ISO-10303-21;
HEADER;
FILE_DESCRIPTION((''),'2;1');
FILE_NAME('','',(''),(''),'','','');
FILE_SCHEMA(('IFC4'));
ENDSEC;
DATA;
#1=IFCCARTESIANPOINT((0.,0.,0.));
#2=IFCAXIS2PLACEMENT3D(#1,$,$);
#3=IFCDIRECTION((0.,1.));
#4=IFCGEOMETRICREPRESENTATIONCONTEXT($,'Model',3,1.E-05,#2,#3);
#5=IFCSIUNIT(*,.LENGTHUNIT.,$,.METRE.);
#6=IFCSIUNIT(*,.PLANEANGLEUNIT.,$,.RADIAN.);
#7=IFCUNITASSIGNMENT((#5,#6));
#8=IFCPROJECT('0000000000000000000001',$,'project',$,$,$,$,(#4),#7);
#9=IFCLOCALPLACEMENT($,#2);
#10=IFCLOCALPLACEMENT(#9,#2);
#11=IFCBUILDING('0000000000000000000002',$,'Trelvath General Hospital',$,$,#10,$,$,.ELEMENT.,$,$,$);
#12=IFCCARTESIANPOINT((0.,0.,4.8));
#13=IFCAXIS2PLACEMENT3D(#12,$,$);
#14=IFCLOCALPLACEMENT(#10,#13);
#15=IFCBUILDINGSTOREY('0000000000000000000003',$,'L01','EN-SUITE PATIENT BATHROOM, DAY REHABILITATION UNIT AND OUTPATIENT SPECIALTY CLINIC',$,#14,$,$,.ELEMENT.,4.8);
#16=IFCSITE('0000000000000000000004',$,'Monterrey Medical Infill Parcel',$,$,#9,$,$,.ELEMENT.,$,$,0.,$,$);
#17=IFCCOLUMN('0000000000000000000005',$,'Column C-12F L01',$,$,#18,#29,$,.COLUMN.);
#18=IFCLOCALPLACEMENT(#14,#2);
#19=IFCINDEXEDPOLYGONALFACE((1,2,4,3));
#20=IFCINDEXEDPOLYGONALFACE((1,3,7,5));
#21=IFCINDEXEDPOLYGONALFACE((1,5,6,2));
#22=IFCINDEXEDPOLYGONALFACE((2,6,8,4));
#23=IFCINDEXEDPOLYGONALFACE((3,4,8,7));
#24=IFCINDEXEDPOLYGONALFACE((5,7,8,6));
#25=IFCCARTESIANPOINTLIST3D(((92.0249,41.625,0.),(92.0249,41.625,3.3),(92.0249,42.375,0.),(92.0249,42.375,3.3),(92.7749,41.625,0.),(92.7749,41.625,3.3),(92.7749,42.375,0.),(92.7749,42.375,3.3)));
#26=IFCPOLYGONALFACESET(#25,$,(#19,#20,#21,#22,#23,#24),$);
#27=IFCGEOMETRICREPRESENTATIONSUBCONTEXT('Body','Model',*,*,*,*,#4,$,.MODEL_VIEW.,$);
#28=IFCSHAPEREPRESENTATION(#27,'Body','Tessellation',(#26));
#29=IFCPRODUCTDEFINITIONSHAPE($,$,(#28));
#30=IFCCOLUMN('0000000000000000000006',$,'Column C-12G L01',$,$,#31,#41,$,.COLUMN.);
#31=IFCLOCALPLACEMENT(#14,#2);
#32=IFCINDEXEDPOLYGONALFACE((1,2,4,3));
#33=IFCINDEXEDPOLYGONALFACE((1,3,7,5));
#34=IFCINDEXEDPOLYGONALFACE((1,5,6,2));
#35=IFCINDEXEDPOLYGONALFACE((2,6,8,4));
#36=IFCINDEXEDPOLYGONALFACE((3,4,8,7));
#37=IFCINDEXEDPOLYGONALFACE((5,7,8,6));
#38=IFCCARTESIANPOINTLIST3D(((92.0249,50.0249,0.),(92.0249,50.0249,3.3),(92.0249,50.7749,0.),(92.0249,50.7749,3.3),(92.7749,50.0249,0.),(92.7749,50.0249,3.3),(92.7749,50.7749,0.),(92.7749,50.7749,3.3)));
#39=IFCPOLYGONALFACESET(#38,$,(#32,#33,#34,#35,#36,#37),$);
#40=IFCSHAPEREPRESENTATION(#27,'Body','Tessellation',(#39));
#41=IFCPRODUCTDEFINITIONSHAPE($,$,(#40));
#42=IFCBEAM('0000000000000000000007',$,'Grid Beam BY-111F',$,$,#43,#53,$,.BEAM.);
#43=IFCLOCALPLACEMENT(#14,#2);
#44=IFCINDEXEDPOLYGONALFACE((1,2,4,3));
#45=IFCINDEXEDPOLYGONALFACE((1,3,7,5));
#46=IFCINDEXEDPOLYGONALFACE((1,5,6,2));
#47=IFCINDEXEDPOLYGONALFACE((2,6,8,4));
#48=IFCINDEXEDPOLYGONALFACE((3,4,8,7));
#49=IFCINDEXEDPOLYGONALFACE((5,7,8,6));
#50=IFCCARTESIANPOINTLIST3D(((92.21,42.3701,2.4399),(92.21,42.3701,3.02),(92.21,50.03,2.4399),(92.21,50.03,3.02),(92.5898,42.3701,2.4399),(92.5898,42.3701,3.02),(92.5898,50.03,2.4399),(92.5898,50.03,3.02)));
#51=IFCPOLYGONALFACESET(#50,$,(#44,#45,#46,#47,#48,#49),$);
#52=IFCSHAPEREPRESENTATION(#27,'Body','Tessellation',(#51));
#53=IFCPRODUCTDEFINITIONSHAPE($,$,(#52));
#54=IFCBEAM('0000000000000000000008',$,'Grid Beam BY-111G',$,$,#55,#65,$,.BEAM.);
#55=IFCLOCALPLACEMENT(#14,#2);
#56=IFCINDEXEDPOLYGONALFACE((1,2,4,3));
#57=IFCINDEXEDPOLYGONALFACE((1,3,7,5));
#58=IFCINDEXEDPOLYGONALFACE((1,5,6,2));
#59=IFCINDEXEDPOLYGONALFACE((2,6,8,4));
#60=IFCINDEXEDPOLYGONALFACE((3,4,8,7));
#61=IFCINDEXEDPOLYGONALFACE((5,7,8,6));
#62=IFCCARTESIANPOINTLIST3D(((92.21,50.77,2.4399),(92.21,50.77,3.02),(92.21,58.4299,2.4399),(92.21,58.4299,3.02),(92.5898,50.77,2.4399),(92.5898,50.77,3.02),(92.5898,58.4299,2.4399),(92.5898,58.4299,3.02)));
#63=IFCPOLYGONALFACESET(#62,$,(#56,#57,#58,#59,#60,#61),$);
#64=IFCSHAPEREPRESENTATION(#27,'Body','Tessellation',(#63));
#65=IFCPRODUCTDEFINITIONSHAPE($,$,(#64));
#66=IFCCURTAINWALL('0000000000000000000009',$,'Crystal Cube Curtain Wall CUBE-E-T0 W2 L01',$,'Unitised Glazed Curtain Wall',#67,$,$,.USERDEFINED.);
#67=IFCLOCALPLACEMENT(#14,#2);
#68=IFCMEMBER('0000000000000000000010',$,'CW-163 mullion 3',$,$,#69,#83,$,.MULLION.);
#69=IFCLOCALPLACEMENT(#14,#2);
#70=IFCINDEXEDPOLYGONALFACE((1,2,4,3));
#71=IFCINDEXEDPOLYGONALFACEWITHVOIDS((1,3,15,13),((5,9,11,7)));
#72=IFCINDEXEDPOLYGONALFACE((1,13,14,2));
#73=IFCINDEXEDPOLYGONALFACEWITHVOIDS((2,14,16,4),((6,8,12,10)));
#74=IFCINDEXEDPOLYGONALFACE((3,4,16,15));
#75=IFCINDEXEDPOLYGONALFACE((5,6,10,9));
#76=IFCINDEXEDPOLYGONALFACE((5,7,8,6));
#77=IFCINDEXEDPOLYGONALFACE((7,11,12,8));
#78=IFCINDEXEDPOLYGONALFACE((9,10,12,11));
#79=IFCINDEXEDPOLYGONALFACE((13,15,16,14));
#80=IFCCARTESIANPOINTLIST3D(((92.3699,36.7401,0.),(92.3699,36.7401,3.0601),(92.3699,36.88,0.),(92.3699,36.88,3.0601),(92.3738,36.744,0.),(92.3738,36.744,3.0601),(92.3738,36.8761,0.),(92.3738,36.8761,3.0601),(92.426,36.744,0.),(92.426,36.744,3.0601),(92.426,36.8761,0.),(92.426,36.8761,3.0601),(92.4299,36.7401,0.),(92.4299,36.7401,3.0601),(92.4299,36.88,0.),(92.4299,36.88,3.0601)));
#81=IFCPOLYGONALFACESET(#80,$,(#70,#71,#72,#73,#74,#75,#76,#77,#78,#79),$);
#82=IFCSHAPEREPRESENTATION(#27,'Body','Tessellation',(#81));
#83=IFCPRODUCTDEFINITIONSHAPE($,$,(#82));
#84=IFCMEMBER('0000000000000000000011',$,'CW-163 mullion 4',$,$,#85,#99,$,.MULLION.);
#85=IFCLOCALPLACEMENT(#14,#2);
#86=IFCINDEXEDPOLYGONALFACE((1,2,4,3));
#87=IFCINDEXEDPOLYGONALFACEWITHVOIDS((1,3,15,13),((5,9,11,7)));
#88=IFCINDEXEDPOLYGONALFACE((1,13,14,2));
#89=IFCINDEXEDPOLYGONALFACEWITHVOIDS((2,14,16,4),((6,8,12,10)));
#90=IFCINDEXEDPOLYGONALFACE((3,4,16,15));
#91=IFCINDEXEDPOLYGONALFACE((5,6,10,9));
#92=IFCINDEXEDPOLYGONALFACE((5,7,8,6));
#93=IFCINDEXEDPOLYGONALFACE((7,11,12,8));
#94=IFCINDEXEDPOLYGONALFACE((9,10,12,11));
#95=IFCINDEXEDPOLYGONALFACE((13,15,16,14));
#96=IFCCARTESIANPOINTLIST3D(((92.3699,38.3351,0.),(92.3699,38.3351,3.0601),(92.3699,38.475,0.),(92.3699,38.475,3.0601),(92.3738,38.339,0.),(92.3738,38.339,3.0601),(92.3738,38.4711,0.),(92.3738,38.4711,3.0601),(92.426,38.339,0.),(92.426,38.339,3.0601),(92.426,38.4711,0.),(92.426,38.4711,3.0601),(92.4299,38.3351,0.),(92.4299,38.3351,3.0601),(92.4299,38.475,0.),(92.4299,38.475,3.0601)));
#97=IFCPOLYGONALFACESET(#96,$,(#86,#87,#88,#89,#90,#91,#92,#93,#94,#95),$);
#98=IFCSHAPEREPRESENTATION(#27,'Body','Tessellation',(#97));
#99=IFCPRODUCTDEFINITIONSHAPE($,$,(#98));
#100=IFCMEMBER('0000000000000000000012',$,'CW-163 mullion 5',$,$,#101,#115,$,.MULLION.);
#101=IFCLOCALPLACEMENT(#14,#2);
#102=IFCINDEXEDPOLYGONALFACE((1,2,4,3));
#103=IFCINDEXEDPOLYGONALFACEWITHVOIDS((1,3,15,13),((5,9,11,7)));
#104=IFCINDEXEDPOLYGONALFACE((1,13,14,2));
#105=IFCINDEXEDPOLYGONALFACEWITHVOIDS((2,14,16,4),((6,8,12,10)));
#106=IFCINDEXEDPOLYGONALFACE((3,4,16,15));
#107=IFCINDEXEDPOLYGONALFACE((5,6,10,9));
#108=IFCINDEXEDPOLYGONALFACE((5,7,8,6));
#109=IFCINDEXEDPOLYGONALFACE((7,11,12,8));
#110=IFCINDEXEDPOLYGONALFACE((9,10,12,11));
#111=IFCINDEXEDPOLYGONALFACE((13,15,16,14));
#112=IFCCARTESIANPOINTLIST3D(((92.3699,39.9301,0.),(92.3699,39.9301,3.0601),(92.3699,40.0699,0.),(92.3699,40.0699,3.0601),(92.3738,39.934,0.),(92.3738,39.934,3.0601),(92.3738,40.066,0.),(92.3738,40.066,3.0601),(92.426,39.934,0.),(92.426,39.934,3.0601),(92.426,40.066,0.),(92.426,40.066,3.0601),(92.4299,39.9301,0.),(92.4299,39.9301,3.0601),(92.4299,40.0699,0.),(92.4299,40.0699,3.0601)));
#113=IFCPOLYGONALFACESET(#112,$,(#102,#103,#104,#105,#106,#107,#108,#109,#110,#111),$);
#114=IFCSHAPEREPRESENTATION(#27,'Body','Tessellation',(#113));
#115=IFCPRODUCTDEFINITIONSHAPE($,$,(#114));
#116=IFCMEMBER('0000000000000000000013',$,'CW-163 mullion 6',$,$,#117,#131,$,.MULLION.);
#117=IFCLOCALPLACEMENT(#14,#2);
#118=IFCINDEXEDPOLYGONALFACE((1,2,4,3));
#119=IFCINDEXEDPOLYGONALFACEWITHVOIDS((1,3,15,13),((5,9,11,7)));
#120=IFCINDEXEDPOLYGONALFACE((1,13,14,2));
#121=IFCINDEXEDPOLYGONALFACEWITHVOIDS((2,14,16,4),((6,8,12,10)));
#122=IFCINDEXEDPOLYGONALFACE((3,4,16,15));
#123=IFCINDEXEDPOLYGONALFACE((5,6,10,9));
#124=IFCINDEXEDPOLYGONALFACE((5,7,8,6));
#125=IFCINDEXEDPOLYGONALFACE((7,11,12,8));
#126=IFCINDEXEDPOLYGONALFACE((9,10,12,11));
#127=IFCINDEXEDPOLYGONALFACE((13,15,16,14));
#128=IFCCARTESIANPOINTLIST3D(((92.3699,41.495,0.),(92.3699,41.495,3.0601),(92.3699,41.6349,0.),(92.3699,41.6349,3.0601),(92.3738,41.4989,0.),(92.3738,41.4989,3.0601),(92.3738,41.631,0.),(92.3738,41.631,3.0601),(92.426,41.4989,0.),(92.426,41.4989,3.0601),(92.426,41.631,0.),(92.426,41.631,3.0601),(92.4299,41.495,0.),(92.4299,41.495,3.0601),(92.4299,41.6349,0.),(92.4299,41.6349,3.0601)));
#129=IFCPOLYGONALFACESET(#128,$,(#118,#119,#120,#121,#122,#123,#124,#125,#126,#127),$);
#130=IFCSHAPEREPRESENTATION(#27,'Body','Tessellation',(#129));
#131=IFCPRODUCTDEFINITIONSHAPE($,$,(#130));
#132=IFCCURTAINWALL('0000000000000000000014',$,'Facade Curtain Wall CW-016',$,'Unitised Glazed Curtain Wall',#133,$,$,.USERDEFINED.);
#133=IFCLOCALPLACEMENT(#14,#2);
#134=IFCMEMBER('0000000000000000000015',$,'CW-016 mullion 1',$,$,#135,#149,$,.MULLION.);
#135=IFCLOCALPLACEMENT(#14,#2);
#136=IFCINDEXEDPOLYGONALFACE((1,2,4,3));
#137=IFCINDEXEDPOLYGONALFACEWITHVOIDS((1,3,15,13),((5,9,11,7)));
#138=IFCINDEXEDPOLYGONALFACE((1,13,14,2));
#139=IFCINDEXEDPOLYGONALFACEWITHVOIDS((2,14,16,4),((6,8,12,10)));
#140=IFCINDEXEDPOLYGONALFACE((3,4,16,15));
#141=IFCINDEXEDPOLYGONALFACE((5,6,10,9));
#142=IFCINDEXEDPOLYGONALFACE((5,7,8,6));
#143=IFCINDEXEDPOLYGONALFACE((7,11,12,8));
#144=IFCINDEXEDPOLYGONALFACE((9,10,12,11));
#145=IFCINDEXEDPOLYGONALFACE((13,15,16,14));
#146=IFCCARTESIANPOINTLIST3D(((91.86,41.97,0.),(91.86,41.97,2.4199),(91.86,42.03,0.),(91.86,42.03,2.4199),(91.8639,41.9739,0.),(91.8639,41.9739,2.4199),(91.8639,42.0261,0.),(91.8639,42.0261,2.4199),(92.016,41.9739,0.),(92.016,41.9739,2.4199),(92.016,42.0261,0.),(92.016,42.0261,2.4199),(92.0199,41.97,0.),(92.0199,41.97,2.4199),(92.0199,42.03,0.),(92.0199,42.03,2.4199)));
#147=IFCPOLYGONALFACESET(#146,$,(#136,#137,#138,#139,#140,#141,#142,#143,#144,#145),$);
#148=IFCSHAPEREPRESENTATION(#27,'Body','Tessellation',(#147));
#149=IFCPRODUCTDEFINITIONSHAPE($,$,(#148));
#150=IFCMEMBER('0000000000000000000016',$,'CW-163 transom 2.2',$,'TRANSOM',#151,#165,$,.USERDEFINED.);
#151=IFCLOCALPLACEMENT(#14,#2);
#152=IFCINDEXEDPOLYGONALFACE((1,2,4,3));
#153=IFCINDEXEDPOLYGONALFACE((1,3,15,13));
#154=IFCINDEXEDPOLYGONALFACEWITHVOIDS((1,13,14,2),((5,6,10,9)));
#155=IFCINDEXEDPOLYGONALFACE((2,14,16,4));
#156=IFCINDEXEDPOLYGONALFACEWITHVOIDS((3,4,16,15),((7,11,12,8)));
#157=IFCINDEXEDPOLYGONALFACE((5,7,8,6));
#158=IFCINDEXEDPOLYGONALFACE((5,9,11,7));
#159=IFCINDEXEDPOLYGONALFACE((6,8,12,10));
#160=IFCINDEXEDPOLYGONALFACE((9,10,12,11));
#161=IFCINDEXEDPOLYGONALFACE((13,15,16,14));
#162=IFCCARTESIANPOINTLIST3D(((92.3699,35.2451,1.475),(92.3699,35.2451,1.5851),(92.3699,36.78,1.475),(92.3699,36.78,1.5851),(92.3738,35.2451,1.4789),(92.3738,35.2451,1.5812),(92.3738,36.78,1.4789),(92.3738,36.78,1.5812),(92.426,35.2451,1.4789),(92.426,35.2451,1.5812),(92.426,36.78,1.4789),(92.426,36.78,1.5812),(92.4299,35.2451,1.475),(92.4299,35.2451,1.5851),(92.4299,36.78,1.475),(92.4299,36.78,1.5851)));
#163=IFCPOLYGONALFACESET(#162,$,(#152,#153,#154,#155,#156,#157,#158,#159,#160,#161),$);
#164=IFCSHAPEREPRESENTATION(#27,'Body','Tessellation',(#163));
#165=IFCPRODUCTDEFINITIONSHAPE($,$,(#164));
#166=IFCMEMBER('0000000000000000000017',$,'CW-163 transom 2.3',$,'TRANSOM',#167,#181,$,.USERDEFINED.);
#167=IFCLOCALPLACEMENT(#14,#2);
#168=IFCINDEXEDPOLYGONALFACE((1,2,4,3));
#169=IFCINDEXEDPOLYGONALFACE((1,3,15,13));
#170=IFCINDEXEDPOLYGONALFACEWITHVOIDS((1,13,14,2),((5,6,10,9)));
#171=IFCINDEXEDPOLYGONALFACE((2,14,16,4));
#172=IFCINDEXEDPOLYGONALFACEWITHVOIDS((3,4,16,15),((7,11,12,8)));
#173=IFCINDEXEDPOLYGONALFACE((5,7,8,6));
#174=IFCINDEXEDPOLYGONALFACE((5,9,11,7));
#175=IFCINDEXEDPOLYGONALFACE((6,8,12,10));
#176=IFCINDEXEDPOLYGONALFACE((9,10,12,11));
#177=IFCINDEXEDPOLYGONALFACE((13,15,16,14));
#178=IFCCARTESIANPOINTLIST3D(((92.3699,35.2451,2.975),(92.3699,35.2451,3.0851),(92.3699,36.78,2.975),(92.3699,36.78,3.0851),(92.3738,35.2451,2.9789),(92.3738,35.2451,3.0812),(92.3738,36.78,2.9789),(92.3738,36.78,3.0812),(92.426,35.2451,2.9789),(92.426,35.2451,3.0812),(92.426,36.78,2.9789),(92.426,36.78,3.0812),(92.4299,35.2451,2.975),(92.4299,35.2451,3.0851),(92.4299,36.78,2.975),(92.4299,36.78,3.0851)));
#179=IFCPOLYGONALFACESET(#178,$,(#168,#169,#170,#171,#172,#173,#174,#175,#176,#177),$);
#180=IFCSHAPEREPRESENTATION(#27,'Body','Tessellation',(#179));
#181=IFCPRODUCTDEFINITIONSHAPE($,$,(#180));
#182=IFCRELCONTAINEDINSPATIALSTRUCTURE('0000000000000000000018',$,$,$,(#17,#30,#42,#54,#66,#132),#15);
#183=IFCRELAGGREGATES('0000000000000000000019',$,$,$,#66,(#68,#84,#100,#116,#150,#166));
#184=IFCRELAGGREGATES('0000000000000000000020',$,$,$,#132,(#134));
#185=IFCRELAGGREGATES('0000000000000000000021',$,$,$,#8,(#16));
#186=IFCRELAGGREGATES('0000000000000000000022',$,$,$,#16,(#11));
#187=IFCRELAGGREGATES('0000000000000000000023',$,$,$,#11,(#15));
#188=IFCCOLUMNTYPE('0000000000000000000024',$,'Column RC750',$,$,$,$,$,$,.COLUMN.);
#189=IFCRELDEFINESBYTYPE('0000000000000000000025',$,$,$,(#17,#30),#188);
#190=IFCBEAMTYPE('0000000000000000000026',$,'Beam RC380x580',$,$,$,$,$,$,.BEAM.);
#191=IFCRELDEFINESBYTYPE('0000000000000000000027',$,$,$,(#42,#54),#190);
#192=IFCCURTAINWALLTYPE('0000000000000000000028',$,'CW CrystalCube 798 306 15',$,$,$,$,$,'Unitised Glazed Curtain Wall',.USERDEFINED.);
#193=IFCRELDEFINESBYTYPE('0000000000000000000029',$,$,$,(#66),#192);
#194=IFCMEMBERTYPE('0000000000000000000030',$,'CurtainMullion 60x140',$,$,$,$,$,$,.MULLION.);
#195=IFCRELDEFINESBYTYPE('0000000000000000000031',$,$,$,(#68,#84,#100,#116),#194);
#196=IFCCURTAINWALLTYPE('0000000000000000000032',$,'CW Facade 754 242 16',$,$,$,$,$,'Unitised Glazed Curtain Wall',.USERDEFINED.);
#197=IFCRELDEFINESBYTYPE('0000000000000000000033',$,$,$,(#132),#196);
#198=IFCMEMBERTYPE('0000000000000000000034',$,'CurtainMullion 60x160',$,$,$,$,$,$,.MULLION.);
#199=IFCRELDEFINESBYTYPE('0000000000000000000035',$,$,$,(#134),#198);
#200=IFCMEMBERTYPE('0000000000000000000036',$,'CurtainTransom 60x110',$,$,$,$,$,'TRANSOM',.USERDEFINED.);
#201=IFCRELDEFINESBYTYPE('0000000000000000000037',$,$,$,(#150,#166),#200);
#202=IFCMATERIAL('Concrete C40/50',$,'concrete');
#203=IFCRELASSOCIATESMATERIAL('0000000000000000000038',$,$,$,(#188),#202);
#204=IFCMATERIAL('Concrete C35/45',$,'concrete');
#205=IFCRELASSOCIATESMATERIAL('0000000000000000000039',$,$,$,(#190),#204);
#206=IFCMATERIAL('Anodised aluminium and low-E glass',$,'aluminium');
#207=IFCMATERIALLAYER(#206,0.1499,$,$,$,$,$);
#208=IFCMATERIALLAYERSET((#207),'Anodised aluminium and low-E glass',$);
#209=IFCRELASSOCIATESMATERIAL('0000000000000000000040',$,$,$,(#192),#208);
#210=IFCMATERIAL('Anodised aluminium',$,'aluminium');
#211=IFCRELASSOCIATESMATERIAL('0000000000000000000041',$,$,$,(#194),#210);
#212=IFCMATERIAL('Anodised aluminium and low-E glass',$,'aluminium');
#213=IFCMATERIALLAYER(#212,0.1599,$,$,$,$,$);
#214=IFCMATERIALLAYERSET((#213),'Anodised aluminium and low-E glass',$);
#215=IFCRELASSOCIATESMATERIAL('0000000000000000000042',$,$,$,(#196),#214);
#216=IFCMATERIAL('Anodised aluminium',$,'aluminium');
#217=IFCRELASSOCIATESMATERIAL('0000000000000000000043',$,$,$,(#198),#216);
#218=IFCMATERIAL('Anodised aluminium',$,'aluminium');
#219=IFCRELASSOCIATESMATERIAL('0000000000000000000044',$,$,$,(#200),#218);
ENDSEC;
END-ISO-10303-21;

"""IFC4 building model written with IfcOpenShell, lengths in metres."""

from ifc_helpers import new_model, si_unit, direction, frame, origin, origin_2d, place, context, subcontext, project, spatial, rectangle, hollow_rectangle, extrude, material, layer, layer_set, material_profile, profile_set, type_object, element, aggregate, save


model = new_model("IFC4")

# Units and contexts
model_context = context("Model", 3, precision=1e-05, world=origin(), true_north=direction((0.0, 1.0)))
body_context = subcontext(model_context, "Body", "Model", "MODEL_VIEW")
ifc_project = project(units=[si_unit("LENGTHUNIT", "METRE"), si_unit("PLANEANGLEUNIT", "RADIAN")], contexts=[model_context])

# Site, building, storey
site_placement = place(None, origin())
site = spatial("IfcSite", under=ifc_project, at=site_placement, Name="Monterrey Medical Infill Parcel", CompositionType="ELEMENT", RefElevation=0.0)
building_placement = place(site_placement, origin())
building = spatial("IfcBuilding", under=site, at=building_placement, Name="Trelvath General Hospital", CompositionType="ELEMENT")
storey_placement = place(building_placement, frame((0.0, 0.0, 4.8)))
storey = spatial("IfcBuildingStorey", under=building, at=storey_placement, Name="L01", Description="EN-SUITE PATIENT BATHROOM, DAY REHABILITATION UNIT AND OUTPATIENT SPECIALTY CLINIC", CompositionType="ELEMENT", Elevation=4.8)

# Columns
ifc_material_1 = material(Name="Concrete C40/50", Category="concrete")
ifc_material_profile_1 = material_profile(ifc_material_1, rectangle(XDim=0.75, YDim=0.75, at=origin_2d()), Name="RC750x750")
ifc_profile_set_1 = profile_set([ifc_material_profile_1], Name="Concrete C40/50")
column_type = type_object("IfcColumnType", Name="Column RC750", PredefinedType="COLUMN", material=ifc_profile_set_1)
for number, where, z_axis, x_axis, name in (
    (1, (92.3999, 42.0, 0.0), (0.0, 0.0, 1.0), (1.0, 0.0, 0.0), "Column C-12F L01"),
    (2, (92.3999, 50.3999, 0.0), (0.0, 0.0, 1.0), (1.0, 0.0, 0.0), "Column C-12G L01"),
):
    element("IfcColumn", number, at=place(storey_placement, frame(where, z_axis=z_axis, x_axis=x_axis)), inside=storey, type_object=column_type, Name=name, PredefinedType="COLUMN", context=body_context, shape_type="SweptSolid", body=[
        extrude(rectangle(XDim=0.75, YDim=0.75, at=origin_2d()), origin(), (0.0, 0.0, 1.0), 3.3),
    ])

# Beams
ifc_material_2 = material(Name="Concrete C35/45", Category="concrete")
ifc_material_profile_2 = material_profile(ifc_material_2, rectangle(XDim=0.3799, YDim=0.5801, at=origin_2d()), Name="RCB380x580")
ifc_profile_set_2 = profile_set([ifc_material_profile_2], Name="Concrete C35/45")
beam_type = type_object("IfcBeamType", Name="Beam RC380x580", PredefinedType="BEAM", material=ifc_profile_set_2)
for number, where, z_axis, x_axis, name in (
    (3, (92.3999, 42.3701, 2.73), (0.0, 1.0, 0.0), (-1.0, 0.0, 0.0), "Grid Beam BY-111F"),
    (4, (92.3999, 50.77, 2.73), (0.0, 1.0, 0.0), (-1.0, 0.0, 0.0), "Grid Beam BY-111G"),
):
    element("IfcBeam", number, at=place(storey_placement, frame(where, z_axis=z_axis, x_axis=x_axis)), inside=storey, type_object=beam_type, Name=name, PredefinedType="BEAM", context=body_context, shape_type="SweptSolid", body=[
        extrude(rectangle(XDim=0.3799, YDim=0.5801, at=origin_2d()), origin(), (0.0, 0.0, 1.0), 7.6599),
    ])

# Curtain wall, members
ifc_material_3 = material(Name="Anodised aluminium and low-E glass", Category="aluminium")
ifc_layer_1 = layer(ifc_material_3, 0.1499)
ifc_layer_set_1 = layer_set([ifc_layer_1], Name="Anodised aluminium and low-E glass")
curtain_wall_type_1 = type_object("IfcCurtainWallType", Name="CW CrystalCube 798 306 15", ElementType="Unitised Glazed Curtain Wall", PredefinedType="USERDEFINED", material=ifc_layer_set_1)
curtain_wall_1_placement = place(storey_placement, origin())
curtain_wall_1 = element("IfcCurtainWall", 5, at=curtain_wall_1_placement, inside=storey, type_object=curtain_wall_type_1, Name="Crystal Cube Curtain Wall CUBE-E-T0 W2 L01", ObjectType="Unitised Glazed Curtain Wall", PredefinedType="USERDEFINED")
ifc_material_4 = material(Name="Anodised aluminium", Category="aluminium")
ifc_material_profile_3 = material_profile(ifc_material_4, hollow_rectangle(XDim=0.0601, YDim=0.1399, WallThickness=0.0039, at=origin_2d()), Name="RHS60x140x4")
ifc_profile_set_3 = profile_set([ifc_material_profile_3], Name="Anodised aluminium")
member_type_1 = type_object("IfcMemberType", Name="CurtainMullion 60x140", PredefinedType="MULLION", material=ifc_profile_set_3)
member_1_placement = place(storey_placement, frame((92.3999, 36.8101, 0.0), z_axis=(0.0, 0.0, 1.0), x_axis=(-1.0, 0.0, 0.0)))
member_1 = element("IfcMember", 6, at=member_1_placement, type_object=member_type_1, Name="CW-163 mullion 3", PredefinedType="MULLION", context=body_context, shape_type="SweptSolid", body=[
    extrude(hollow_rectangle(XDim=0.0601, YDim=0.1399, WallThickness=0.0039, at=origin_2d()), origin(), (0.0, 0.0, 1.0), 3.0601),
])
member_2_placement = place(storey_placement, frame((92.3999, 38.405, 0.0), z_axis=(0.0, 0.0, 1.0), x_axis=(-1.0, 0.0, 0.0)))
member_2 = element("IfcMember", 7, at=member_2_placement, type_object=member_type_1, Name="CW-163 mullion 4", PredefinedType="MULLION", context=body_context, shape_type="SweptSolid", body=[
    extrude(hollow_rectangle(XDim=0.0601, YDim=0.1399, WallThickness=0.0039, at=origin_2d()), origin(), (0.0, 0.0, 1.0), 3.0601),
])
member_3_placement = place(storey_placement, frame((92.3999, 40.0, 0.0), z_axis=(0.0, 0.0, 1.0), x_axis=(-1.0, 0.0, 0.0)))
member_3 = element("IfcMember", 8, at=member_3_placement, type_object=member_type_1, Name="CW-163 mullion 5", PredefinedType="MULLION", context=body_context, shape_type="SweptSolid", body=[
    extrude(hollow_rectangle(XDim=0.0601, YDim=0.1399, WallThickness=0.0039, at=origin_2d()), origin(), (0.0, 0.0, 1.0), 3.0601),
])
member_4_placement = place(storey_placement, frame((92.3999, 41.5649, 0.0), z_axis=(0.0, 0.0, 1.0), x_axis=(-1.0, 0.0, 0.0)))
member_4 = element("IfcMember", 9, at=member_4_placement, type_object=member_type_1, Name="CW-163 mullion 6", PredefinedType="MULLION", context=body_context, shape_type="SweptSolid", body=[
    extrude(hollow_rectangle(XDim=0.0601, YDim=0.1399, WallThickness=0.0039, at=origin_2d()), origin(), (0.0, 0.0, 1.0), 3.0601),
])

# Curtain wall, member
ifc_material_5 = material(Name="Anodised aluminium and low-E glass", Category="aluminium")
ifc_layer_2 = layer(ifc_material_5, 0.1599)
ifc_layer_set_2 = layer_set([ifc_layer_2], Name="Anodised aluminium and low-E glass")
curtain_wall_type_2 = type_object("IfcCurtainWallType", Name="CW Facade 754 242 16", ElementType="Unitised Glazed Curtain Wall", PredefinedType="USERDEFINED", material=ifc_layer_set_2)
curtain_wall_2_placement = place(storey_placement, origin())
curtain_wall_2 = element("IfcCurtainWall", 10, at=curtain_wall_2_placement, inside=storey, type_object=curtain_wall_type_2, Name="Facade Curtain Wall CW-016", ObjectType="Unitised Glazed Curtain Wall", PredefinedType="USERDEFINED")
ifc_material_6 = material(Name="Anodised aluminium", Category="aluminium")
ifc_material_profile_4 = material_profile(ifc_material_6, hollow_rectangle(XDim=0.0601, YDim=0.1599, WallThickness=0.0039, at=origin_2d()), Name="RHS60x160x4")
ifc_profile_set_4 = profile_set([ifc_material_profile_4], Name="Anodised aluminium")
member_type_2 = type_object("IfcMemberType", Name="CurtainMullion 60x160", PredefinedType="MULLION", material=ifc_profile_set_4)
member_5_placement = place(storey_placement, frame((91.9399, 42.0, 0.0), z_axis=(0.0, 0.0, 1.0), x_axis=(0.0, -1.0, 0.0)))
member_5 = element("IfcMember", 11, at=member_5_placement, type_object=member_type_2, Name="CW-016 mullion 1", PredefinedType="MULLION", context=body_context, shape_type="SweptSolid", body=[
    extrude(hollow_rectangle(XDim=0.0601, YDim=0.1599, WallThickness=0.0039, at=origin_2d()), origin(), (0.0, 0.0, 1.0), 2.4199),
])

# Members
ifc_material_7 = material(Name="Anodised aluminium", Category="aluminium")
ifc_material_profile_5 = material_profile(ifc_material_7, hollow_rectangle(XDim=0.0601, YDim=0.1101, WallThickness=0.0039, at=origin_2d()), Name="RHS60x110x4")
ifc_profile_set_5 = profile_set([ifc_material_profile_5], Name="Anodised aluminium")
member_type_3 = type_object("IfcMemberType", Name="CurtainTransom 60x110", ElementType="TRANSOM", PredefinedType="USERDEFINED", material=ifc_profile_set_5)
member_6_placement = place(storey_placement, frame((92.3999, 35.2451, 1.53), z_axis=(0.0, 1.0, 0.0), x_axis=(-1.0, 0.0, 0.0)))
member_6 = element("IfcMember", 12, at=member_6_placement, type_object=member_type_3, Name="CW-163 transom 2.2", ObjectType="TRANSOM", PredefinedType="USERDEFINED", context=body_context, shape_type="SweptSolid", body=[
    extrude(hollow_rectangle(XDim=0.0601, YDim=0.1101, WallThickness=0.0039, at=origin_2d()), origin(), (0.0, 0.0, 1.0), 1.5349),
])
member_7_placement = place(storey_placement, frame((92.3999, 35.2451, 3.03), z_axis=(0.0, 1.0, 0.0), x_axis=(-1.0, 0.0, 0.0)))
member_7 = element("IfcMember", 13, at=member_7_placement, type_object=member_type_3, Name="CW-163 transom 2.3", ObjectType="TRANSOM", PredefinedType="USERDEFINED", context=body_context, shape_type="SweptSolid", body=[
    extrude(hollow_rectangle(XDim=0.0601, YDim=0.1101, WallThickness=0.0039, at=origin_2d()), origin(), (0.0, 0.0, 1.0), 1.5349),
])

aggregate(curtain_wall_1, [member_1, member_2, member_3, member_4, member_6, member_7])
aggregate(curtain_wall_2, [member_5])

save(model, "model.ifc")
